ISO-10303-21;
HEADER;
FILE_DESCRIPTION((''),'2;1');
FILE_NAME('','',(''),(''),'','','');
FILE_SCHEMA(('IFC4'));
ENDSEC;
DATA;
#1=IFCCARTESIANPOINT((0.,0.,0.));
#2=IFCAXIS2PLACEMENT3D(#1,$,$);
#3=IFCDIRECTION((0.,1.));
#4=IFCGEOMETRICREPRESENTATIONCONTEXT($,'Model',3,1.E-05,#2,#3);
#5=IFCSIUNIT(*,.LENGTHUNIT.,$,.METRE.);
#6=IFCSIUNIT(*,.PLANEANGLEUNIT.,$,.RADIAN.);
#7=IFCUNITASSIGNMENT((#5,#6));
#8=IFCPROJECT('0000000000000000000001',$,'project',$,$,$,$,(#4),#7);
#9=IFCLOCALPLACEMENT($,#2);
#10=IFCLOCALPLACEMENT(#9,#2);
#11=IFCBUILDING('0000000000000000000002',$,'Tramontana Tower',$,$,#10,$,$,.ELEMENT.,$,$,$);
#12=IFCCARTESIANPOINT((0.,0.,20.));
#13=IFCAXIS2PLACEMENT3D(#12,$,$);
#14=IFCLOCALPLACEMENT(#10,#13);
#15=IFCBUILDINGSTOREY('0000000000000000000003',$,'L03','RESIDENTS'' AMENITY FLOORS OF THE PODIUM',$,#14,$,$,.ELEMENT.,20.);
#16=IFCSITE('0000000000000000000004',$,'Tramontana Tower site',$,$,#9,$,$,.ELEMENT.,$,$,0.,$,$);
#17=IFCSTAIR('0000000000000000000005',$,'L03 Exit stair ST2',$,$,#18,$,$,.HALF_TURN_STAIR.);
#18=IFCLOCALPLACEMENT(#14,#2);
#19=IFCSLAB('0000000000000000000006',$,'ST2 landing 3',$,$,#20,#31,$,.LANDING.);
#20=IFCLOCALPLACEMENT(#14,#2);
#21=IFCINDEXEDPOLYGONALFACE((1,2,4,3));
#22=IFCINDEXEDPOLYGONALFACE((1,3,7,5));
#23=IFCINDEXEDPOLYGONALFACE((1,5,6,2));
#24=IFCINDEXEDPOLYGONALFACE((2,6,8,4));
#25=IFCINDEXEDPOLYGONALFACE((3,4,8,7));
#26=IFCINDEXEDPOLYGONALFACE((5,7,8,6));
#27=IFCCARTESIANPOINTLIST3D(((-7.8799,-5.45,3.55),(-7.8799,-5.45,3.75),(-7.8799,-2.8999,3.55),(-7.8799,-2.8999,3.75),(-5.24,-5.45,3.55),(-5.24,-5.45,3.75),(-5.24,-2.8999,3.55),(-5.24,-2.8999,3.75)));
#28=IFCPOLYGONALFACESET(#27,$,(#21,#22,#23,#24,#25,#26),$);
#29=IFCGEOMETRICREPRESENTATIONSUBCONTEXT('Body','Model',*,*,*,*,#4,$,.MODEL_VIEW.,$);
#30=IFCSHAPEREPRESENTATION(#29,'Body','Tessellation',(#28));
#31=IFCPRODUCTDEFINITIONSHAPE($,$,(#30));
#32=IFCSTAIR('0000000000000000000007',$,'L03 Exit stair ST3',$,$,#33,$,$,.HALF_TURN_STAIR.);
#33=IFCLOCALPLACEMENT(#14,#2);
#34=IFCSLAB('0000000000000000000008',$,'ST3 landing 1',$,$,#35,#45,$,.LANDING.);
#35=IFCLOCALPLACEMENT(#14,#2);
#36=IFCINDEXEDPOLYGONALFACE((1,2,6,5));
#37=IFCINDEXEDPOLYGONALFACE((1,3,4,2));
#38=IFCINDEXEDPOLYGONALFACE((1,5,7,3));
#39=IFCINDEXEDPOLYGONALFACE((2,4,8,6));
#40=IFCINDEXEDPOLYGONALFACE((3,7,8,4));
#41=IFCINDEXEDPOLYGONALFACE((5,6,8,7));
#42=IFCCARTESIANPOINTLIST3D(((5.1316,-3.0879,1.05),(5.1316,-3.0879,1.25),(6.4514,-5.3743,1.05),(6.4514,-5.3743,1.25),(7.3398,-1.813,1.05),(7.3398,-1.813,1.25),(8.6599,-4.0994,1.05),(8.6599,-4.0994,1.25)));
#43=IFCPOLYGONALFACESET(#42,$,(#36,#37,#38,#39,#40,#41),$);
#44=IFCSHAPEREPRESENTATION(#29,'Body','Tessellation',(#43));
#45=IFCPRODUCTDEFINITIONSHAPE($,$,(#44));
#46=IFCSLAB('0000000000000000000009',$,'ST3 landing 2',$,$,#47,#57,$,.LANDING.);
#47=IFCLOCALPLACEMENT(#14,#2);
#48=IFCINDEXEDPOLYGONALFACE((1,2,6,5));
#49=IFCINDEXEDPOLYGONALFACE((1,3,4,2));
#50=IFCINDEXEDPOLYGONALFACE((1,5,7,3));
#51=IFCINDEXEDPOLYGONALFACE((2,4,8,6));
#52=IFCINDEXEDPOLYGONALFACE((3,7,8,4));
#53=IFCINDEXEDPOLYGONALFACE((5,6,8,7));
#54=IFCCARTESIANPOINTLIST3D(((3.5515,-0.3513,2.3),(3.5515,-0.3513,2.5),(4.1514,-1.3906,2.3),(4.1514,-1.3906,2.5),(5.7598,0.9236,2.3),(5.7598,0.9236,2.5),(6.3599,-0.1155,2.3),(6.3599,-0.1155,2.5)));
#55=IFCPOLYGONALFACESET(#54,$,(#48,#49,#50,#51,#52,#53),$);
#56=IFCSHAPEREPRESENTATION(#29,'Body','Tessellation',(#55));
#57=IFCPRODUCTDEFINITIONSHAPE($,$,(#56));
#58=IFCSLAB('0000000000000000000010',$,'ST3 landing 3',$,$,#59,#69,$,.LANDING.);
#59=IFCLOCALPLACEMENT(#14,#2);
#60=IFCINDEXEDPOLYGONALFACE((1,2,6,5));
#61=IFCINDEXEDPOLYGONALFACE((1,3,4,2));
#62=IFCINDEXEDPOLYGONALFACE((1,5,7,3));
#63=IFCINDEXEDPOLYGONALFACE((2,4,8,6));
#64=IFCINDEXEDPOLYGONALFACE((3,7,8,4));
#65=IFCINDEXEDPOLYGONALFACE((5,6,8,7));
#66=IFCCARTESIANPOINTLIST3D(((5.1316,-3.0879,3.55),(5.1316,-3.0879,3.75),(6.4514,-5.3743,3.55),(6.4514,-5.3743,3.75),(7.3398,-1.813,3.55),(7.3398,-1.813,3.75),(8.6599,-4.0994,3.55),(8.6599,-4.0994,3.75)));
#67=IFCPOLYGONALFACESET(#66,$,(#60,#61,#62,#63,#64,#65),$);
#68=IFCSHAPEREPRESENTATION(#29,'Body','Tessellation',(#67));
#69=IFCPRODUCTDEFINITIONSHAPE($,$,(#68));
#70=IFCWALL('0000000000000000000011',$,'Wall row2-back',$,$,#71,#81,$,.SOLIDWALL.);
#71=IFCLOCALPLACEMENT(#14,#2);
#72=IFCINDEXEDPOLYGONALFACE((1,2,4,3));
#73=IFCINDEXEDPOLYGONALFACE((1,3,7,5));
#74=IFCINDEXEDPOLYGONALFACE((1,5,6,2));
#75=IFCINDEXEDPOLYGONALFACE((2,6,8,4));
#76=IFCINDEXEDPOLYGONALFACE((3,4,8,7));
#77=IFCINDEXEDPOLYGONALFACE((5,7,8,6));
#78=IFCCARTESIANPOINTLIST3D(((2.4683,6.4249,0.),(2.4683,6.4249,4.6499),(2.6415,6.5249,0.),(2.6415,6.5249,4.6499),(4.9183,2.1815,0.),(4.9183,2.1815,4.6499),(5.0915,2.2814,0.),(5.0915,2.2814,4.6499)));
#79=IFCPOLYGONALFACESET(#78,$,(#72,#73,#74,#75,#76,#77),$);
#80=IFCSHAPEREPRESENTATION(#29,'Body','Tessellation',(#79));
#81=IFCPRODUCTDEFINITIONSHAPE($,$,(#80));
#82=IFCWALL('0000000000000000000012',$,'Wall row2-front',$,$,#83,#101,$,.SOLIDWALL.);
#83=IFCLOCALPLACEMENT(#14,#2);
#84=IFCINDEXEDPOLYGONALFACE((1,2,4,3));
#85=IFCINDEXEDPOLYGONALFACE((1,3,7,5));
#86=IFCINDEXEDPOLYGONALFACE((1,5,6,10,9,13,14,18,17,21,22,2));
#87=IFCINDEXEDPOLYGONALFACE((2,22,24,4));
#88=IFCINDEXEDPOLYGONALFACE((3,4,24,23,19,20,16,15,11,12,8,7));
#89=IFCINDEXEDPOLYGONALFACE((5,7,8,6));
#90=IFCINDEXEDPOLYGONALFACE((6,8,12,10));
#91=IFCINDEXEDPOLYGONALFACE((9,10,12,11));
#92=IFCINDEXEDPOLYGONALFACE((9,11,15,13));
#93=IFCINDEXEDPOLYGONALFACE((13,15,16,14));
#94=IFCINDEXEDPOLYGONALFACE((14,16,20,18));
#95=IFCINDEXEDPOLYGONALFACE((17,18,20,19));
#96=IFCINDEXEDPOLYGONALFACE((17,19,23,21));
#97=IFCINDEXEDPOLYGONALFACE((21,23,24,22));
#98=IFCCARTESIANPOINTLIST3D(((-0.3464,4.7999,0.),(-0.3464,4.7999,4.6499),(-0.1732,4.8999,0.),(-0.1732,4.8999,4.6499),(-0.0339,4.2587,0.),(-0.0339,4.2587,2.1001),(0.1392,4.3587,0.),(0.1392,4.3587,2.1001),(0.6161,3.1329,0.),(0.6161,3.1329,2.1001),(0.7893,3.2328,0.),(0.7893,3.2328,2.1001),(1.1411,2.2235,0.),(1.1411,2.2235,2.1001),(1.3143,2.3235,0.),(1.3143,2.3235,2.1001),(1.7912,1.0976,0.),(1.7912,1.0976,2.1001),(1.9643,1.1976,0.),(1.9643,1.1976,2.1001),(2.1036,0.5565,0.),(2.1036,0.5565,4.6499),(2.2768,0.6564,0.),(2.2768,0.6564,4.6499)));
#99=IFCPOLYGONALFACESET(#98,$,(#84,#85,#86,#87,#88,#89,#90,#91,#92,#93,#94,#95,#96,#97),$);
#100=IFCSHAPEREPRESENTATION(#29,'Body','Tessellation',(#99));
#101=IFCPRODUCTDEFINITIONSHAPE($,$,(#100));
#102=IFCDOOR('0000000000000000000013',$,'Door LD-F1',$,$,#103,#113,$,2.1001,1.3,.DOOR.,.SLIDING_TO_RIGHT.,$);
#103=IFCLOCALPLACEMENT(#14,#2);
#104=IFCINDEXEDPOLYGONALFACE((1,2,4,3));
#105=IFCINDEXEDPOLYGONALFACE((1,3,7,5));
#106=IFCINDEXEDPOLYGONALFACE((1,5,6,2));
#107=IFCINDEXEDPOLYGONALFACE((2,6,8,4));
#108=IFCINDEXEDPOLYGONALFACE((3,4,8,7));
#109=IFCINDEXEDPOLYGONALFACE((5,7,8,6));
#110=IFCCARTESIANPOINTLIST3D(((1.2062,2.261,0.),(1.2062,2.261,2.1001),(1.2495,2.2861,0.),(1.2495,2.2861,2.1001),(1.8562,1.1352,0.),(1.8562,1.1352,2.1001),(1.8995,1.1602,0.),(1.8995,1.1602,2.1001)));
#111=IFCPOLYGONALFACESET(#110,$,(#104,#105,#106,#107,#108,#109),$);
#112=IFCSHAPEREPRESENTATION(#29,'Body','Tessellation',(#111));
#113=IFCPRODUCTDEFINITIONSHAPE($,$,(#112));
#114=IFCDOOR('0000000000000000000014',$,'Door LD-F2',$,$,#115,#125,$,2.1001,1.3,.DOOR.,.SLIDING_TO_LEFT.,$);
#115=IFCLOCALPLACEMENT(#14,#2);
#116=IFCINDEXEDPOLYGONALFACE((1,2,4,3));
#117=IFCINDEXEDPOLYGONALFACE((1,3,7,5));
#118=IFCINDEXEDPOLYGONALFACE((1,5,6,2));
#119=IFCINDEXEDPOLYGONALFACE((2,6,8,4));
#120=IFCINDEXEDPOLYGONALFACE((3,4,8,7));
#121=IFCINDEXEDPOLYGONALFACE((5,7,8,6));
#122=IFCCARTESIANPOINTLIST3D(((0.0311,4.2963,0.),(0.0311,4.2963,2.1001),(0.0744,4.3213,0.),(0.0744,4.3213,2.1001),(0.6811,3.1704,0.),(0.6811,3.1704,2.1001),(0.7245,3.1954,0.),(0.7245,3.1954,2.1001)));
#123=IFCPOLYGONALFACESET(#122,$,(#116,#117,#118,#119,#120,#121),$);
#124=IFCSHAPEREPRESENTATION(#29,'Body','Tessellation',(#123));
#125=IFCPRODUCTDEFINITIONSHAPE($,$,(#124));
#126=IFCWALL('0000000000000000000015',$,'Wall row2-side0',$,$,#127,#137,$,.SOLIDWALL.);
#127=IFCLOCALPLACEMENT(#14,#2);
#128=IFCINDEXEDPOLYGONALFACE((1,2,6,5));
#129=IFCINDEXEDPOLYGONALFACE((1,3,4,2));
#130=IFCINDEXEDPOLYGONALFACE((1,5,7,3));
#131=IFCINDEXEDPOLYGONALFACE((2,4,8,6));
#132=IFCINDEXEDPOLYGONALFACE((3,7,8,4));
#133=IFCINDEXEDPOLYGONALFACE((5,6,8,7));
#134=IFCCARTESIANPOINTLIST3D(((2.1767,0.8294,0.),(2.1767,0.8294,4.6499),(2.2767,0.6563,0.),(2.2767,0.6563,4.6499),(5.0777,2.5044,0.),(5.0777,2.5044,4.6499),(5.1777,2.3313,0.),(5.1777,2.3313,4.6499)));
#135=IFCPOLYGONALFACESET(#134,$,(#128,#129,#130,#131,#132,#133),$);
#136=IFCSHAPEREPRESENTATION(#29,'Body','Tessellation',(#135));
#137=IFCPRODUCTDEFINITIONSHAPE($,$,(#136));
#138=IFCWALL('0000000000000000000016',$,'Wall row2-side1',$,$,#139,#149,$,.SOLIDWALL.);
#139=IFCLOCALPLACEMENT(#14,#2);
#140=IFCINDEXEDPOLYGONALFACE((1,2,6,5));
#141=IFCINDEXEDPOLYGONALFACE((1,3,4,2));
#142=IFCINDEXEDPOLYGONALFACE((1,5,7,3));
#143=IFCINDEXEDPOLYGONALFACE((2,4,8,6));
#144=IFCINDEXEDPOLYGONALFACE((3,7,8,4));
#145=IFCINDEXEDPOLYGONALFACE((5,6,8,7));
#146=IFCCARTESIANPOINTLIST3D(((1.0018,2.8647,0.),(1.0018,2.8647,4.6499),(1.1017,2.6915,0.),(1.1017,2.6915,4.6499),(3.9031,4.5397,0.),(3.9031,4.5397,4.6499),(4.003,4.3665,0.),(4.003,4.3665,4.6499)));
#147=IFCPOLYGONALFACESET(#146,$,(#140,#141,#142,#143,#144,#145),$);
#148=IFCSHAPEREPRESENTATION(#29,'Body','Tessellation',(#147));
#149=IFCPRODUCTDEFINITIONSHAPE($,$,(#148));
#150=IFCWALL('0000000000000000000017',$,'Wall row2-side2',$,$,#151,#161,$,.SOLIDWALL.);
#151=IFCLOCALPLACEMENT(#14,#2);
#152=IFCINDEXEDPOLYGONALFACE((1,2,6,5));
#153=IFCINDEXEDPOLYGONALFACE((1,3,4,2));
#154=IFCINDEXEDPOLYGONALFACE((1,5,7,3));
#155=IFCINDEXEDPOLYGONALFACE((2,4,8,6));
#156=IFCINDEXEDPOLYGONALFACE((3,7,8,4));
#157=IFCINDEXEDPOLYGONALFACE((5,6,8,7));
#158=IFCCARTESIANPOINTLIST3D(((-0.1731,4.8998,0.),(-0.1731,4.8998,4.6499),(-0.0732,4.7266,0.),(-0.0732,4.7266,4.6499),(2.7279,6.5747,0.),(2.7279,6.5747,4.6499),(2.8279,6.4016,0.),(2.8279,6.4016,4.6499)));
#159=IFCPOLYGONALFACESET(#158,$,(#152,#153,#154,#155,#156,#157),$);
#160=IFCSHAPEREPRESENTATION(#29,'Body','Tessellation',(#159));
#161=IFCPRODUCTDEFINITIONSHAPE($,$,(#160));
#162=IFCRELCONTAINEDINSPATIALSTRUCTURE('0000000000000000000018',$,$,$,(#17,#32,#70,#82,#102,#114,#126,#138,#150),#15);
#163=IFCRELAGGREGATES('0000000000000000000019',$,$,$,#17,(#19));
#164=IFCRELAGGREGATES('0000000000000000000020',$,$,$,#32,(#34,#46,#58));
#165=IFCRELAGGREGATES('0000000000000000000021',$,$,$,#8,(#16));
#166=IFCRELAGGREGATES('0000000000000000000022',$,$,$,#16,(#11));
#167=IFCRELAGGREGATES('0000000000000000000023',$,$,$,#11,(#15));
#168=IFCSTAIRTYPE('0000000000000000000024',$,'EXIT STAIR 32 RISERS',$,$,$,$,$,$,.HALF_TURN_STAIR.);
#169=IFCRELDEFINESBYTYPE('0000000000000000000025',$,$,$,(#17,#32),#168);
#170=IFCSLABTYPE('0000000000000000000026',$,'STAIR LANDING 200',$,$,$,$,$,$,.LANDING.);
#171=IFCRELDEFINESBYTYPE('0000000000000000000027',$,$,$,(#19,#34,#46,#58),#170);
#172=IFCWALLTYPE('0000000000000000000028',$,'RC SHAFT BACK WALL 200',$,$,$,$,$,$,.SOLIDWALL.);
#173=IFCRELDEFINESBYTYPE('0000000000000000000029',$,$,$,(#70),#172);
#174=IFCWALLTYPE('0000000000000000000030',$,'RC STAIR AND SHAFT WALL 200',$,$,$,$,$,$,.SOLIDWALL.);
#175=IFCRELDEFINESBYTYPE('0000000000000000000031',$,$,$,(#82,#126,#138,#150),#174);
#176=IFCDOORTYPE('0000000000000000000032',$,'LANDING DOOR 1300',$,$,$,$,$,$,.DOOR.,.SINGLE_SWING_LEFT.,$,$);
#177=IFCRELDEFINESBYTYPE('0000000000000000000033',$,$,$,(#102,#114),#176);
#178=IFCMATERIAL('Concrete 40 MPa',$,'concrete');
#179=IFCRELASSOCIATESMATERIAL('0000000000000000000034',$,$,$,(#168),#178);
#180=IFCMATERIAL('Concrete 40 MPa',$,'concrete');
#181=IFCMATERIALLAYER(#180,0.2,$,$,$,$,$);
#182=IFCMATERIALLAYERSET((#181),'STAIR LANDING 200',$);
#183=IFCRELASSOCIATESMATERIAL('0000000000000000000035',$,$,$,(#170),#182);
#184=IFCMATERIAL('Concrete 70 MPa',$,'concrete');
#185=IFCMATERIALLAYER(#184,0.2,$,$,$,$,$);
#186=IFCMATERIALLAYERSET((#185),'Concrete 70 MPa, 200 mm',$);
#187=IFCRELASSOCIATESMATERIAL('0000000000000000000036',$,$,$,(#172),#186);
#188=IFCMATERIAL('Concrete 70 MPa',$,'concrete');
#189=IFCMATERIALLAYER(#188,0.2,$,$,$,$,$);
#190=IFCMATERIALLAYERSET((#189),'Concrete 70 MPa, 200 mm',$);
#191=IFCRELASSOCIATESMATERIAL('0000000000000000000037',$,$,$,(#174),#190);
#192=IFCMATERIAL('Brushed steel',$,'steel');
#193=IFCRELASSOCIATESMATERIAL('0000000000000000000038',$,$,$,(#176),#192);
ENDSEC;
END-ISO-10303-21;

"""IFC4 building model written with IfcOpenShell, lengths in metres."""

from ifc_helpers import new_model, si_unit, direction, frame, frame_2d, origin, place, context, subcontext, project, spatial, polyline, rectangle, outline, extrude, material, layer, layer_set, type_object, element, fill, aggregate, save


model = new_model("IFC4")

# Units and contexts
model_context = context("Model", 3, precision=1e-05, world=origin(), true_north=direction((0.0, 1.0)))
body_context = subcontext(model_context, "Body", "Model", "MODEL_VIEW")
ifc_project = project(units=[si_unit("LENGTHUNIT", "METRE"), si_unit("PLANEANGLEUNIT", "RADIAN")], contexts=[model_context])

# Site, building, storey
site_placement = place(None, origin())
site = spatial("IfcSite", under=ifc_project, at=site_placement, Name="Tramontana Tower site", CompositionType="ELEMENT", RefElevation=0.0)
building_placement = place(site_placement, origin())
building = spatial("IfcBuilding", under=site, at=building_placement, Name="Tramontana Tower", CompositionType="ELEMENT")
storey_placement = place(building_placement, frame((0.0, 0.0, 20.0)))
storey = spatial("IfcBuildingStorey", under=building, at=storey_placement, Name="L03", Description="RESIDENTS' AMENITY FLOORS OF THE PODIUM", CompositionType="ELEMENT", Elevation=20.0)

# Stairs, slabs
ifc_material_1 = material(Name="Concrete 40 MPa", Category="concrete")
stair_type = type_object("IfcStairType", Name="EXIT STAIR 32 RISERS", PredefinedType="HALF_TURN_STAIR", material=ifc_material_1)
ifc_material_2 = material(Name="Concrete 40 MPa", Category="concrete")
ifc_layer_1 = layer(ifc_material_2, 0.2)
ifc_layer_set_1 = layer_set([ifc_layer_1], Name="STAIR LANDING 200")
slab_type_1 = type_object("IfcSlabType", Name="STAIR LANDING 200", PredefinedType="LANDING", material=ifc_layer_set_1)
stair_1_placement = place(storey_placement, origin())
stair_1 = element("IfcStair", 1, at=stair_1_placement, inside=storey, type_object=stair_type, Name="L03 Exit stair ST2", PredefinedType="HALF_TURN_STAIR")
slab_1_placement = place(storey_placement, frame((0.0, 0.0, 3.55)))
slab_1 = element("IfcSlab", 2, at=slab_1_placement, type_object=slab_type_1, Name="ST2 landing 3", PredefinedType="LANDING", context=body_context, shape_type="SweptSolid", body=[
    extrude(outline(polyline([(-5.24, -2.8999), (-7.8799, -2.8999), (-7.8799, -5.45), (-5.24, -5.45), (-5.24, -2.8999)])), origin(), (0.0, 0.0, 1.0), 0.2),
])
aggregate(stair_1, [slab_1])
stair_2_placement = place(storey_placement, origin())
stair_2 = element("IfcStair", 3, at=stair_2_placement, inside=storey, type_object=stair_type, Name="L03 Exit stair ST3", PredefinedType="HALF_TURN_STAIR")
slab_2_placement = place(storey_placement, frame((0.0, 0.0, 1.05)))
slab_2 = element("IfcSlab", 4, at=slab_2_placement, type_object=slab_type_1, Name="ST3 landing 1", PredefinedType="LANDING", context=body_context, shape_type="SweptSolid", body=[
    extrude(outline(polyline([(5.1316, -3.0879), (6.4514, -5.3743), (8.6599, -4.0994), (7.3398, -1.813), (5.1316, -3.0879)])), origin(), (0.0, 0.0, 1.0), 0.2),
])
slab_3_placement = place(storey_placement, frame((0.0, 0.0, 2.3)))
slab_3 = element("IfcSlab", 5, at=slab_3_placement, type_object=slab_type_1, Name="ST3 landing 2", PredefinedType="LANDING", context=body_context, shape_type="SweptSolid", body=[
    extrude(outline(polyline([(3.5515, -0.3513), (4.1514, -1.3906), (6.3599, -0.1155), (5.7598, 0.9236), (3.5515, -0.3513)])), origin(), (0.0, 0.0, 1.0), 0.2),
])
slab_4_placement = place(storey_placement, frame((0.0, 0.0, 3.55)))
slab_4 = element("IfcSlab", 6, at=slab_4_placement, type_object=slab_type_1, Name="ST3 landing 3", PredefinedType="LANDING", context=body_context, shape_type="SweptSolid", body=[
    extrude(outline(polyline([(5.1316, -3.0879), (6.4514, -5.3743), (8.6599, -4.0994), (7.3398, -1.813), (5.1316, -3.0879)])), origin(), (0.0, 0.0, 1.0), 0.2),
])

# Wall
ifc_material_3 = material(Name="Concrete 70 MPa", Category="concrete")
ifc_layer_2 = layer(ifc_material_3, 0.2)
ifc_layer_set_2 = layer_set([ifc_layer_2], Name="Concrete 70 MPa, 200 mm")
wall_type_1 = type_object("IfcWallType", Name="RC SHAFT BACK WALL 200", PredefinedType="SOLIDWALL", material=ifc_layer_set_2)
wall_1_placement = place(storey_placement, frame((5.0049, 2.2314, 0.0), z_axis=(0.0, 0.0, 1.0), x_axis=(-0.500003, 0.866024, 0.0)))
element("IfcWall", 7, at=wall_1_placement, inside=storey, type_object=wall_type_1, Name="Wall row2-back", PredefinedType="SOLIDWALL", context=body_context, shape_type="SweptSolid", body=[
    extrude(rectangle(XDim=4.8999, YDim=0.2, at=frame_2d((2.45, 0.0))), origin(), (0.0, 0.0, 1.0), 4.6499),
])

# Shared definitions
ifc_material_4 = material(Name="Concrete 70 MPa", Category="concrete")
ifc_layer_3 = layer(ifc_material_4, 0.2)
ifc_layer_set_3 = layer_set([ifc_layer_3], Name="Concrete 70 MPa, 200 mm")
wall_type_2 = type_object("IfcWallType", Name="RC STAIR AND SHAFT WALL 200", PredefinedType="SOLIDWALL", material=ifc_layer_set_3)

# Wall, openings, doors
wall_2_placement = place(storey_placement, frame((2.1902, 0.6064, 0.0), z_axis=(0.0, 0.0, 1.0), x_axis=(-0.500003, 0.866024, 0.0)))
wall_2 = element("IfcWall", 8, at=wall_2_placement, inside=storey, type_object=wall_type_2, Name="Wall row2-front", PredefinedType="SOLIDWALL", context=body_context, shape_type="SweptSolid", body=[
    extrude(rectangle(XDim=4.8999, YDim=0.2, at=frame_2d((2.45, 0.0))), origin(), (0.0, 0.0, 1.0), 4.6499),
])
opening_1_placement = place(wall_2_placement, frame((0.625, 0.0, 0.0)))
opening_1 = element("IfcOpeningElement", 9, at=opening_1_placement, cuts=wall_2, PredefinedType="OPENING", context=body_context, shape_type="SweptSolid", body=[
    extrude(rectangle(XDim=1.3, YDim=2.1001, at=frame_2d((0.6499, 1.05))), frame((0.0, 0.1099, 0.0), z_axis=(0.0, -1.0, 0.0), x_axis=(1.0, 0.0, 0.0)), (0.0, 0.0, 1.0), 0.22),
])
opening_2_placement = place(wall_2_placement, frame((2.9751, 0.0, 0.0)))
opening_2 = element("IfcOpeningElement", 10, at=opening_2_placement, cuts=wall_2, PredefinedType="OPENING", context=body_context, shape_type="SweptSolid", body=[
    extrude(rectangle(XDim=1.3, YDim=2.1001, at=frame_2d((0.6499, 1.05))), frame((0.0, 0.1099, 0.0), z_axis=(0.0, -1.0, 0.0), x_axis=(1.0, 0.0, 0.0)), (0.0, 0.0, 1.0), 0.22),
])
ifc_material_5 = material(Name="Brushed steel", Category="steel")
door_type_1 = type_object("IfcDoorType", Name="LANDING DOOR 1300", OperationType="SINGLE_SWING_LEFT", PredefinedType="DOOR", material=ifc_material_5)
door_1_placement = place(opening_1_placement, origin())
door_1 = element("IfcDoor", 11, at=door_1_placement, inside=storey, type_object=door_type_1, Name="Door LD-F1", OperationType="SLIDING_TO_RIGHT", OverallHeight=2.1001, OverallWidth=1.3, PredefinedType="DOOR", context=body_context, shape_type="SweptSolid", body=[
    extrude(rectangle(XDim=1.3, YDim=2.1001, at=frame_2d((0.6499, 1.05))), frame((0.0, 0.0249, 0.0), z_axis=(0.0, -1.0, 0.0), x_axis=(1.0, 0.0, 0.0)), (0.0, 0.0, 1.0), 0.05),
])
fill(opening_1, door_1)
door_2_placement = place(opening_2_placement, origin())
door_2 = element("IfcDoor", 12, at=door_2_placement, inside=storey, type_object=door_type_1, Name="Door LD-F2", OperationType="SLIDING_TO_LEFT", OverallHeight=2.1001, OverallWidth=1.3, PredefinedType="DOOR", context=body_context, shape_type="SweptSolid", body=[
    extrude(rectangle(XDim=1.3, YDim=2.1001, at=frame_2d((0.6499, 1.05))), frame((0.0, 0.0249, 0.0), z_axis=(0.0, -1.0, 0.0), x_axis=(1.0, 0.0, 0.0)), (0.0, 0.0, 1.0), 0.05),
])
fill(opening_2, door_2)

# Walls
wall_3_placement = place(storey_placement, frame((2.2268, 0.7429, 0.0), z_axis=(0.0, 0.0, 1.0), x_axis=(0.866014, 0.500019, 0.0)))
element("IfcWall", 13, at=wall_3_placement, inside=storey, type_object=wall_type_2, Name="Wall row2-side0", PredefinedType="SOLIDWALL", context=body_context, shape_type="SweptSolid", body=[
    extrude(rectangle(XDim=3.3499, YDim=0.2, at=frame_2d((1.6748, 0.0))), origin(), (0.0, 0.0, 1.0), 4.6499),
])
wall_4_placement = place(storey_placement, frame((1.0518, 2.7781, 0.0), z_axis=(0.0, 0.0, 1.0), x_axis=(0.866033, 0.499987, 0.0)))
element("IfcWall", 14, at=wall_4_placement, inside=storey, type_object=wall_type_2, Name="Wall row2-side1", PredefinedType="SOLIDWALL", context=body_context, shape_type="SweptSolid", body=[
    extrude(rectangle(XDim=3.3501, YDim=0.2, at=frame_2d((1.675, 0.0))), origin(), (0.0, 0.0, 1.0), 4.6499),
])
wall_5_placement = place(storey_placement, frame((-0.123, 4.8132, 0.0), z_axis=(0.0, 0.0, 1.0), x_axis=(0.866014, 0.500019, 0.0)))
element("IfcWall", 15, at=wall_5_placement, inside=storey, type_object=wall_type_2, Name="Wall row2-side2", PredefinedType="SOLIDWALL", context=body_context, shape_type="SweptSolid", body=[
    extrude(rectangle(XDim=3.3499, YDim=0.2, at=frame_2d((1.6748, 0.0))), origin(), (0.0, 0.0, 1.0), 4.6499),
])

aggregate(stair_2, [slab_2, slab_3, slab_4])

save(model, "model.ifc")
